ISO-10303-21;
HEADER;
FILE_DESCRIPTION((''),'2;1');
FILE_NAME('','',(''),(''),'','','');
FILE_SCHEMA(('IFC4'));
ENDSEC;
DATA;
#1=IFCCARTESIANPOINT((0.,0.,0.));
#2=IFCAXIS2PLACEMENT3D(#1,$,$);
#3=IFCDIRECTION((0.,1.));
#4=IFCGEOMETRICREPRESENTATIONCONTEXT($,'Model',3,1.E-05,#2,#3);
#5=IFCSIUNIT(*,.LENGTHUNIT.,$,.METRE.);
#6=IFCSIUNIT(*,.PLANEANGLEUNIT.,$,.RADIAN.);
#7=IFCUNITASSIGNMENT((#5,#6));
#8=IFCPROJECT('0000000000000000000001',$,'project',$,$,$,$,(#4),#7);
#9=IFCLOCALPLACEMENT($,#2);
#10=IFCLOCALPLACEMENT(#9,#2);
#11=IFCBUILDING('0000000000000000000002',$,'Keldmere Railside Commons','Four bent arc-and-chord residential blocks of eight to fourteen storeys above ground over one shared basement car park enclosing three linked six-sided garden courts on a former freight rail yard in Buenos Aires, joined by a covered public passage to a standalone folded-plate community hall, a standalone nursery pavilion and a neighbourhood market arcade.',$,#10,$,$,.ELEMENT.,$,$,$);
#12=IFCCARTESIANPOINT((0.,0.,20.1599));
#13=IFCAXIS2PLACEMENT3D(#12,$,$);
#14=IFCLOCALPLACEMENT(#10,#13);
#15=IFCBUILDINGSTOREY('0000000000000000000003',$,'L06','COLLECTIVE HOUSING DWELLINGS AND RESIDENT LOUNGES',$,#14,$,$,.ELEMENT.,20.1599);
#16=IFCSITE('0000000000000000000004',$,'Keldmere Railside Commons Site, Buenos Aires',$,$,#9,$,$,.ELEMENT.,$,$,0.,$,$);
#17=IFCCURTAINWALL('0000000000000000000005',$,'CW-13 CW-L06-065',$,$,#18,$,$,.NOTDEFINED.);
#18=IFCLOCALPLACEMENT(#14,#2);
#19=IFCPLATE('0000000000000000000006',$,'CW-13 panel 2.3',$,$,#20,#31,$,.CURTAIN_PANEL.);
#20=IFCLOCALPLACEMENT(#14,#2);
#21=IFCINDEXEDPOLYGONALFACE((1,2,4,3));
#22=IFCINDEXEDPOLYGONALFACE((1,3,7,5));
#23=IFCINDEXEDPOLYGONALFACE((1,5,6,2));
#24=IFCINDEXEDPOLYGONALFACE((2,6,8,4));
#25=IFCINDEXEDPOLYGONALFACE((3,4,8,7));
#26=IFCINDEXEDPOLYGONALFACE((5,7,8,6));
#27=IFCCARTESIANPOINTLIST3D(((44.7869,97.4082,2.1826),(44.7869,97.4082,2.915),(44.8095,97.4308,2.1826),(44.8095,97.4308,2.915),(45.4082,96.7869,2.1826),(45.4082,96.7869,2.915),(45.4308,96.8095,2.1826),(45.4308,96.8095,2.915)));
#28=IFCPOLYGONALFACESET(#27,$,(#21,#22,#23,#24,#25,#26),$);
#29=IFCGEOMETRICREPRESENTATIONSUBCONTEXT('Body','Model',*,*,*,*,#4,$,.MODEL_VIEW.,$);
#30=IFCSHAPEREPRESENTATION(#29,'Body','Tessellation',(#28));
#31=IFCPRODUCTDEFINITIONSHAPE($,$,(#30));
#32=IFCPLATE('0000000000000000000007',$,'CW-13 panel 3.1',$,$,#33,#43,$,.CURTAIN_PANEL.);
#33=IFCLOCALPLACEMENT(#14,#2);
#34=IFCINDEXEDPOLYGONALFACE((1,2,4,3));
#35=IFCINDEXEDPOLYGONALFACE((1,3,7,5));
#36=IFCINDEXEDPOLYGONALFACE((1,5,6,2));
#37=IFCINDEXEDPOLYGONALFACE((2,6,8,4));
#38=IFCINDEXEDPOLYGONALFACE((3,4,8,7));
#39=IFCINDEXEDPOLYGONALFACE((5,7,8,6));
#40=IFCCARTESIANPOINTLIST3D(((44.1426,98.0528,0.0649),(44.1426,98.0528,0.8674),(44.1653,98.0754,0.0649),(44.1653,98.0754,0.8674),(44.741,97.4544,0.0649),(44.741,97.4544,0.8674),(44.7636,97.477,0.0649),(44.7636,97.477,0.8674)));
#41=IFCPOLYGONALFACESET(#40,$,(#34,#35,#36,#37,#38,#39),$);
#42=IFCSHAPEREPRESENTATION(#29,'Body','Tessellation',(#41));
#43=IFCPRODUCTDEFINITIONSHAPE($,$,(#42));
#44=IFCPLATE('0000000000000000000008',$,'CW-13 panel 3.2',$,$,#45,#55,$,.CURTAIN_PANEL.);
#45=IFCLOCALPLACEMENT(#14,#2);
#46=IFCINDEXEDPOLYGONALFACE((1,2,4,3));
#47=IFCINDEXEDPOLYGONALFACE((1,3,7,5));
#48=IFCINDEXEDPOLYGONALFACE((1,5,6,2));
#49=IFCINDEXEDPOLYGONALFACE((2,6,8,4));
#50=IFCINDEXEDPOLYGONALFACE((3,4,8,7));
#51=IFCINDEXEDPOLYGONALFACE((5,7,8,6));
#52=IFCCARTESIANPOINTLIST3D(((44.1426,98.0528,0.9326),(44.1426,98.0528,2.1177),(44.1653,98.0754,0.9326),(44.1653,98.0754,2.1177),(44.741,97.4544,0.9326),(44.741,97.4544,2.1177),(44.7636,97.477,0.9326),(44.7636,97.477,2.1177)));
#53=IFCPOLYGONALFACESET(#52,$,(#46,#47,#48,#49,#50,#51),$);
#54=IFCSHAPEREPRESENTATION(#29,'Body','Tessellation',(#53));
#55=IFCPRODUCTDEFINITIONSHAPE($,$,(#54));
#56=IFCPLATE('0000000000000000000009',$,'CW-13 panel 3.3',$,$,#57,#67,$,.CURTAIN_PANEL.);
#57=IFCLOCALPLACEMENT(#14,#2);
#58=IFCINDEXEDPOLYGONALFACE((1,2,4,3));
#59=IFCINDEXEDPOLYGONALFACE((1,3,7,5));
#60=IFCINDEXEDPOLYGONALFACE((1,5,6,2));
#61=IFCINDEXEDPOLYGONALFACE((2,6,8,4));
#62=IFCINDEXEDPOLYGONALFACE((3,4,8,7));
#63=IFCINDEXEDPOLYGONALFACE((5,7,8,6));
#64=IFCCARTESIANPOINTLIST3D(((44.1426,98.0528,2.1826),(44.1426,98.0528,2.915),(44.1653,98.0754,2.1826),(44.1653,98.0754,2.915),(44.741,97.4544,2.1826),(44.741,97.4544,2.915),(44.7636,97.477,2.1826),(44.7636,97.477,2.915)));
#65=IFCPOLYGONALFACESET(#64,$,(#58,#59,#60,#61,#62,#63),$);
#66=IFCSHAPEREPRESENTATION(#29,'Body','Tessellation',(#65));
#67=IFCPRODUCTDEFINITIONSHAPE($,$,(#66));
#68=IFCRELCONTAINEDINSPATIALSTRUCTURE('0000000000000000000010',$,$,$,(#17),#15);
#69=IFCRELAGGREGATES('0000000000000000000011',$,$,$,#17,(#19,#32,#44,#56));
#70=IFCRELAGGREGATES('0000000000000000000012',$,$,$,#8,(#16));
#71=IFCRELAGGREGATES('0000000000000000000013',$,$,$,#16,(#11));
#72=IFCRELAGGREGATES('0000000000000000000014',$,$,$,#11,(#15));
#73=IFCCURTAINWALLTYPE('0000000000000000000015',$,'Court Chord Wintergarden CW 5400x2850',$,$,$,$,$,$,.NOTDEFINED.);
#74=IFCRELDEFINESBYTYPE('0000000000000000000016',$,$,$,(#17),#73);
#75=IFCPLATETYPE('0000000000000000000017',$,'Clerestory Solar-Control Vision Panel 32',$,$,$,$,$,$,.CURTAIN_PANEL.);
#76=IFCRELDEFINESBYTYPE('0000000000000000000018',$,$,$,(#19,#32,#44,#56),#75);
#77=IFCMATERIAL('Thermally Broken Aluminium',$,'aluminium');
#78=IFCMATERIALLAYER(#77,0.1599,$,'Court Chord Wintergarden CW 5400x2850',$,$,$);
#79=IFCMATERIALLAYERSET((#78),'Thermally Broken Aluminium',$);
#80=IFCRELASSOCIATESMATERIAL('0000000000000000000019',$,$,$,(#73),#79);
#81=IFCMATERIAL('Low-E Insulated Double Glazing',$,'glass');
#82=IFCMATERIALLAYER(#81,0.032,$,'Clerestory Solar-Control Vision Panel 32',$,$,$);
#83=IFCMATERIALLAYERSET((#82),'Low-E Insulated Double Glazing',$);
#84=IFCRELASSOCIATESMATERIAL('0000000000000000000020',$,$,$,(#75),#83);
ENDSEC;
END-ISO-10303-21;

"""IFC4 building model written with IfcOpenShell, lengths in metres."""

from ifc_helpers import new_model, si_unit, direction, frame, origin, origin_2d, place, context, subcontext, project, spatial, rectangle, extrude, material, layer, layer_set, type_object, element, aggregate, save


model = new_model("IFC4")

# Units and contexts
model_context = context("Model", 3, precision=1e-05, world=origin(), true_north=direction((0.0, 1.0)))
body_context = subcontext(model_context, "Body", "Model", "MODEL_VIEW")
ifc_project = project(units=[si_unit("LENGTHUNIT", "METRE"), si_unit("PLANEANGLEUNIT", "RADIAN")], contexts=[model_context])

# Site, building, storey
site_placement = place(None, origin())
site = spatial("IfcSite", under=ifc_project, at=site_placement, Name="Keldmere Railside Commons Site, Buenos Aires", CompositionType="ELEMENT", RefElevation=0.0)
building_placement = place(site_placement, origin())
building = spatial("IfcBuilding", under=site, at=building_placement, Name="Keldmere Railside Commons", Description="Four bent arc-and-chord residential blocks of eight to fourteen storeys above ground over one shared basement car park enclosing three linked six-sided garden courts on a former freight rail yard in Buenos Aires, joined by a covered public passage to a standalone folded-plate community hall, a standalone nursery pavilion and a neighbourhood market arcade.", CompositionType="ELEMENT")
storey_placement = place(building_placement, frame((0.0, 0.0, 20.1599)))
storey = spatial("IfcBuildingStorey", under=building, at=storey_placement, Name="L06", Description="COLLECTIVE HOUSING DWELLINGS AND RESIDENT LOUNGES", CompositionType="ELEMENT", Elevation=20.1599)

# Shared definitions
ifc_material_1 = material(Name="Thermally Broken Aluminium", Category="aluminium")

# Curtain wall
ifc_layer_1 = layer(ifc_material_1, 0.1599, Name="Court Chord Wintergarden CW 5400x2850")
ifc_layer_set_1 = layer_set([ifc_layer_1], Name="Thermally Broken Aluminium")
curtain_wall_type_1 = type_object("IfcCurtainWallType", Name="Court Chord Wintergarden CW 5400x2850", PredefinedType="NOTDEFINED", material=ifc_layer_set_1)
curtain_wall_1_placement = place(storey_placement, origin())
curtain_wall_1 = element("IfcCurtainWall", 1, at=curtain_wall_1_placement, inside=storey, type_object=curtain_wall_type_1, Name="CW-13 CW-L06-065", PredefinedType="NOTDEFINED")

# Plates
ifc_material_2 = material(Name="Low-E Insulated Double Glazing", Category="glass")
ifc_layer_2 = layer(ifc_material_2, 0.032, Name="Clerestory Solar-Control Vision Panel 32")
ifc_layer_set_2 = layer_set([ifc_layer_2], Name="Low-E Insulated Double Glazing")
plate_type = type_object("IfcPlateType", Name="Clerestory Solar-Control Vision Panel 32", PredefinedType="CURTAIN_PANEL", material=ifc_layer_set_2)
plate_1_placement = place(storey_placement, frame((45.1089, 97.1089, 2.1826), z_axis=(0.0, 0.0, 1.0), x_axis=(-0.707107, 0.707107, 0.0)))
plate_1 = element("IfcPlate", 2, at=plate_1_placement, type_object=plate_type, Name="CW-13 panel 2.3", PredefinedType="CURTAIN_PANEL", context=body_context, shape_type="SweptSolid", body=[
    extrude(rectangle(XDim=0.8787, YDim=0.032, at=origin_2d()), origin(), (0.0, 0.0, 1.0), 0.7324),
])
plate_2_placement = place(storey_placement, frame((44.4531, 97.7649, 0.0649), z_axis=(0.0, 0.0, 1.0), x_axis=(-0.707107, 0.707107, 0.0)))
plate_2 = element("IfcPlate", 3, at=plate_2_placement, type_object=plate_type, Name="CW-13 panel 3.1", PredefinedType="CURTAIN_PANEL", context=body_context, shape_type="SweptSolid", body=[
    extrude(rectangle(XDim=0.8462, YDim=0.032, at=origin_2d()), origin(), (0.0, 0.0, 1.0), 0.8025),
])
plate_3_placement = place(storey_placement, frame((44.4531, 97.7649, 0.9326), z_axis=(0.0, 0.0, 1.0), x_axis=(-0.707107, 0.707107, 0.0)))
plate_3 = element("IfcPlate", 4, at=plate_3_placement, type_object=plate_type, Name="CW-13 panel 3.2", PredefinedType="CURTAIN_PANEL", context=body_context, shape_type="SweptSolid", body=[
    extrude(rectangle(XDim=0.8462, YDim=0.032, at=origin_2d()), origin(), (0.0, 0.0, 1.0), 1.1851),
])
plate_4_placement = place(storey_placement, frame((44.4531, 97.7649, 2.1826), z_axis=(0.0, 0.0, 1.0), x_axis=(-0.707107, 0.707107, 0.0)))
plate_4 = element("IfcPlate", 5, at=plate_4_placement, type_object=plate_type, Name="CW-13 panel 3.3", PredefinedType="CURTAIN_PANEL", context=body_context, shape_type="SweptSolid", body=[
    extrude(rectangle(XDim=0.8462, YDim=0.032, at=origin_2d()), origin(), (0.0, 0.0, 1.0), 0.7324),
])
aggregate(curtain_wall_1, [plate_1, plate_2, plate_3, plate_4])

save(model, "model.ifc")
